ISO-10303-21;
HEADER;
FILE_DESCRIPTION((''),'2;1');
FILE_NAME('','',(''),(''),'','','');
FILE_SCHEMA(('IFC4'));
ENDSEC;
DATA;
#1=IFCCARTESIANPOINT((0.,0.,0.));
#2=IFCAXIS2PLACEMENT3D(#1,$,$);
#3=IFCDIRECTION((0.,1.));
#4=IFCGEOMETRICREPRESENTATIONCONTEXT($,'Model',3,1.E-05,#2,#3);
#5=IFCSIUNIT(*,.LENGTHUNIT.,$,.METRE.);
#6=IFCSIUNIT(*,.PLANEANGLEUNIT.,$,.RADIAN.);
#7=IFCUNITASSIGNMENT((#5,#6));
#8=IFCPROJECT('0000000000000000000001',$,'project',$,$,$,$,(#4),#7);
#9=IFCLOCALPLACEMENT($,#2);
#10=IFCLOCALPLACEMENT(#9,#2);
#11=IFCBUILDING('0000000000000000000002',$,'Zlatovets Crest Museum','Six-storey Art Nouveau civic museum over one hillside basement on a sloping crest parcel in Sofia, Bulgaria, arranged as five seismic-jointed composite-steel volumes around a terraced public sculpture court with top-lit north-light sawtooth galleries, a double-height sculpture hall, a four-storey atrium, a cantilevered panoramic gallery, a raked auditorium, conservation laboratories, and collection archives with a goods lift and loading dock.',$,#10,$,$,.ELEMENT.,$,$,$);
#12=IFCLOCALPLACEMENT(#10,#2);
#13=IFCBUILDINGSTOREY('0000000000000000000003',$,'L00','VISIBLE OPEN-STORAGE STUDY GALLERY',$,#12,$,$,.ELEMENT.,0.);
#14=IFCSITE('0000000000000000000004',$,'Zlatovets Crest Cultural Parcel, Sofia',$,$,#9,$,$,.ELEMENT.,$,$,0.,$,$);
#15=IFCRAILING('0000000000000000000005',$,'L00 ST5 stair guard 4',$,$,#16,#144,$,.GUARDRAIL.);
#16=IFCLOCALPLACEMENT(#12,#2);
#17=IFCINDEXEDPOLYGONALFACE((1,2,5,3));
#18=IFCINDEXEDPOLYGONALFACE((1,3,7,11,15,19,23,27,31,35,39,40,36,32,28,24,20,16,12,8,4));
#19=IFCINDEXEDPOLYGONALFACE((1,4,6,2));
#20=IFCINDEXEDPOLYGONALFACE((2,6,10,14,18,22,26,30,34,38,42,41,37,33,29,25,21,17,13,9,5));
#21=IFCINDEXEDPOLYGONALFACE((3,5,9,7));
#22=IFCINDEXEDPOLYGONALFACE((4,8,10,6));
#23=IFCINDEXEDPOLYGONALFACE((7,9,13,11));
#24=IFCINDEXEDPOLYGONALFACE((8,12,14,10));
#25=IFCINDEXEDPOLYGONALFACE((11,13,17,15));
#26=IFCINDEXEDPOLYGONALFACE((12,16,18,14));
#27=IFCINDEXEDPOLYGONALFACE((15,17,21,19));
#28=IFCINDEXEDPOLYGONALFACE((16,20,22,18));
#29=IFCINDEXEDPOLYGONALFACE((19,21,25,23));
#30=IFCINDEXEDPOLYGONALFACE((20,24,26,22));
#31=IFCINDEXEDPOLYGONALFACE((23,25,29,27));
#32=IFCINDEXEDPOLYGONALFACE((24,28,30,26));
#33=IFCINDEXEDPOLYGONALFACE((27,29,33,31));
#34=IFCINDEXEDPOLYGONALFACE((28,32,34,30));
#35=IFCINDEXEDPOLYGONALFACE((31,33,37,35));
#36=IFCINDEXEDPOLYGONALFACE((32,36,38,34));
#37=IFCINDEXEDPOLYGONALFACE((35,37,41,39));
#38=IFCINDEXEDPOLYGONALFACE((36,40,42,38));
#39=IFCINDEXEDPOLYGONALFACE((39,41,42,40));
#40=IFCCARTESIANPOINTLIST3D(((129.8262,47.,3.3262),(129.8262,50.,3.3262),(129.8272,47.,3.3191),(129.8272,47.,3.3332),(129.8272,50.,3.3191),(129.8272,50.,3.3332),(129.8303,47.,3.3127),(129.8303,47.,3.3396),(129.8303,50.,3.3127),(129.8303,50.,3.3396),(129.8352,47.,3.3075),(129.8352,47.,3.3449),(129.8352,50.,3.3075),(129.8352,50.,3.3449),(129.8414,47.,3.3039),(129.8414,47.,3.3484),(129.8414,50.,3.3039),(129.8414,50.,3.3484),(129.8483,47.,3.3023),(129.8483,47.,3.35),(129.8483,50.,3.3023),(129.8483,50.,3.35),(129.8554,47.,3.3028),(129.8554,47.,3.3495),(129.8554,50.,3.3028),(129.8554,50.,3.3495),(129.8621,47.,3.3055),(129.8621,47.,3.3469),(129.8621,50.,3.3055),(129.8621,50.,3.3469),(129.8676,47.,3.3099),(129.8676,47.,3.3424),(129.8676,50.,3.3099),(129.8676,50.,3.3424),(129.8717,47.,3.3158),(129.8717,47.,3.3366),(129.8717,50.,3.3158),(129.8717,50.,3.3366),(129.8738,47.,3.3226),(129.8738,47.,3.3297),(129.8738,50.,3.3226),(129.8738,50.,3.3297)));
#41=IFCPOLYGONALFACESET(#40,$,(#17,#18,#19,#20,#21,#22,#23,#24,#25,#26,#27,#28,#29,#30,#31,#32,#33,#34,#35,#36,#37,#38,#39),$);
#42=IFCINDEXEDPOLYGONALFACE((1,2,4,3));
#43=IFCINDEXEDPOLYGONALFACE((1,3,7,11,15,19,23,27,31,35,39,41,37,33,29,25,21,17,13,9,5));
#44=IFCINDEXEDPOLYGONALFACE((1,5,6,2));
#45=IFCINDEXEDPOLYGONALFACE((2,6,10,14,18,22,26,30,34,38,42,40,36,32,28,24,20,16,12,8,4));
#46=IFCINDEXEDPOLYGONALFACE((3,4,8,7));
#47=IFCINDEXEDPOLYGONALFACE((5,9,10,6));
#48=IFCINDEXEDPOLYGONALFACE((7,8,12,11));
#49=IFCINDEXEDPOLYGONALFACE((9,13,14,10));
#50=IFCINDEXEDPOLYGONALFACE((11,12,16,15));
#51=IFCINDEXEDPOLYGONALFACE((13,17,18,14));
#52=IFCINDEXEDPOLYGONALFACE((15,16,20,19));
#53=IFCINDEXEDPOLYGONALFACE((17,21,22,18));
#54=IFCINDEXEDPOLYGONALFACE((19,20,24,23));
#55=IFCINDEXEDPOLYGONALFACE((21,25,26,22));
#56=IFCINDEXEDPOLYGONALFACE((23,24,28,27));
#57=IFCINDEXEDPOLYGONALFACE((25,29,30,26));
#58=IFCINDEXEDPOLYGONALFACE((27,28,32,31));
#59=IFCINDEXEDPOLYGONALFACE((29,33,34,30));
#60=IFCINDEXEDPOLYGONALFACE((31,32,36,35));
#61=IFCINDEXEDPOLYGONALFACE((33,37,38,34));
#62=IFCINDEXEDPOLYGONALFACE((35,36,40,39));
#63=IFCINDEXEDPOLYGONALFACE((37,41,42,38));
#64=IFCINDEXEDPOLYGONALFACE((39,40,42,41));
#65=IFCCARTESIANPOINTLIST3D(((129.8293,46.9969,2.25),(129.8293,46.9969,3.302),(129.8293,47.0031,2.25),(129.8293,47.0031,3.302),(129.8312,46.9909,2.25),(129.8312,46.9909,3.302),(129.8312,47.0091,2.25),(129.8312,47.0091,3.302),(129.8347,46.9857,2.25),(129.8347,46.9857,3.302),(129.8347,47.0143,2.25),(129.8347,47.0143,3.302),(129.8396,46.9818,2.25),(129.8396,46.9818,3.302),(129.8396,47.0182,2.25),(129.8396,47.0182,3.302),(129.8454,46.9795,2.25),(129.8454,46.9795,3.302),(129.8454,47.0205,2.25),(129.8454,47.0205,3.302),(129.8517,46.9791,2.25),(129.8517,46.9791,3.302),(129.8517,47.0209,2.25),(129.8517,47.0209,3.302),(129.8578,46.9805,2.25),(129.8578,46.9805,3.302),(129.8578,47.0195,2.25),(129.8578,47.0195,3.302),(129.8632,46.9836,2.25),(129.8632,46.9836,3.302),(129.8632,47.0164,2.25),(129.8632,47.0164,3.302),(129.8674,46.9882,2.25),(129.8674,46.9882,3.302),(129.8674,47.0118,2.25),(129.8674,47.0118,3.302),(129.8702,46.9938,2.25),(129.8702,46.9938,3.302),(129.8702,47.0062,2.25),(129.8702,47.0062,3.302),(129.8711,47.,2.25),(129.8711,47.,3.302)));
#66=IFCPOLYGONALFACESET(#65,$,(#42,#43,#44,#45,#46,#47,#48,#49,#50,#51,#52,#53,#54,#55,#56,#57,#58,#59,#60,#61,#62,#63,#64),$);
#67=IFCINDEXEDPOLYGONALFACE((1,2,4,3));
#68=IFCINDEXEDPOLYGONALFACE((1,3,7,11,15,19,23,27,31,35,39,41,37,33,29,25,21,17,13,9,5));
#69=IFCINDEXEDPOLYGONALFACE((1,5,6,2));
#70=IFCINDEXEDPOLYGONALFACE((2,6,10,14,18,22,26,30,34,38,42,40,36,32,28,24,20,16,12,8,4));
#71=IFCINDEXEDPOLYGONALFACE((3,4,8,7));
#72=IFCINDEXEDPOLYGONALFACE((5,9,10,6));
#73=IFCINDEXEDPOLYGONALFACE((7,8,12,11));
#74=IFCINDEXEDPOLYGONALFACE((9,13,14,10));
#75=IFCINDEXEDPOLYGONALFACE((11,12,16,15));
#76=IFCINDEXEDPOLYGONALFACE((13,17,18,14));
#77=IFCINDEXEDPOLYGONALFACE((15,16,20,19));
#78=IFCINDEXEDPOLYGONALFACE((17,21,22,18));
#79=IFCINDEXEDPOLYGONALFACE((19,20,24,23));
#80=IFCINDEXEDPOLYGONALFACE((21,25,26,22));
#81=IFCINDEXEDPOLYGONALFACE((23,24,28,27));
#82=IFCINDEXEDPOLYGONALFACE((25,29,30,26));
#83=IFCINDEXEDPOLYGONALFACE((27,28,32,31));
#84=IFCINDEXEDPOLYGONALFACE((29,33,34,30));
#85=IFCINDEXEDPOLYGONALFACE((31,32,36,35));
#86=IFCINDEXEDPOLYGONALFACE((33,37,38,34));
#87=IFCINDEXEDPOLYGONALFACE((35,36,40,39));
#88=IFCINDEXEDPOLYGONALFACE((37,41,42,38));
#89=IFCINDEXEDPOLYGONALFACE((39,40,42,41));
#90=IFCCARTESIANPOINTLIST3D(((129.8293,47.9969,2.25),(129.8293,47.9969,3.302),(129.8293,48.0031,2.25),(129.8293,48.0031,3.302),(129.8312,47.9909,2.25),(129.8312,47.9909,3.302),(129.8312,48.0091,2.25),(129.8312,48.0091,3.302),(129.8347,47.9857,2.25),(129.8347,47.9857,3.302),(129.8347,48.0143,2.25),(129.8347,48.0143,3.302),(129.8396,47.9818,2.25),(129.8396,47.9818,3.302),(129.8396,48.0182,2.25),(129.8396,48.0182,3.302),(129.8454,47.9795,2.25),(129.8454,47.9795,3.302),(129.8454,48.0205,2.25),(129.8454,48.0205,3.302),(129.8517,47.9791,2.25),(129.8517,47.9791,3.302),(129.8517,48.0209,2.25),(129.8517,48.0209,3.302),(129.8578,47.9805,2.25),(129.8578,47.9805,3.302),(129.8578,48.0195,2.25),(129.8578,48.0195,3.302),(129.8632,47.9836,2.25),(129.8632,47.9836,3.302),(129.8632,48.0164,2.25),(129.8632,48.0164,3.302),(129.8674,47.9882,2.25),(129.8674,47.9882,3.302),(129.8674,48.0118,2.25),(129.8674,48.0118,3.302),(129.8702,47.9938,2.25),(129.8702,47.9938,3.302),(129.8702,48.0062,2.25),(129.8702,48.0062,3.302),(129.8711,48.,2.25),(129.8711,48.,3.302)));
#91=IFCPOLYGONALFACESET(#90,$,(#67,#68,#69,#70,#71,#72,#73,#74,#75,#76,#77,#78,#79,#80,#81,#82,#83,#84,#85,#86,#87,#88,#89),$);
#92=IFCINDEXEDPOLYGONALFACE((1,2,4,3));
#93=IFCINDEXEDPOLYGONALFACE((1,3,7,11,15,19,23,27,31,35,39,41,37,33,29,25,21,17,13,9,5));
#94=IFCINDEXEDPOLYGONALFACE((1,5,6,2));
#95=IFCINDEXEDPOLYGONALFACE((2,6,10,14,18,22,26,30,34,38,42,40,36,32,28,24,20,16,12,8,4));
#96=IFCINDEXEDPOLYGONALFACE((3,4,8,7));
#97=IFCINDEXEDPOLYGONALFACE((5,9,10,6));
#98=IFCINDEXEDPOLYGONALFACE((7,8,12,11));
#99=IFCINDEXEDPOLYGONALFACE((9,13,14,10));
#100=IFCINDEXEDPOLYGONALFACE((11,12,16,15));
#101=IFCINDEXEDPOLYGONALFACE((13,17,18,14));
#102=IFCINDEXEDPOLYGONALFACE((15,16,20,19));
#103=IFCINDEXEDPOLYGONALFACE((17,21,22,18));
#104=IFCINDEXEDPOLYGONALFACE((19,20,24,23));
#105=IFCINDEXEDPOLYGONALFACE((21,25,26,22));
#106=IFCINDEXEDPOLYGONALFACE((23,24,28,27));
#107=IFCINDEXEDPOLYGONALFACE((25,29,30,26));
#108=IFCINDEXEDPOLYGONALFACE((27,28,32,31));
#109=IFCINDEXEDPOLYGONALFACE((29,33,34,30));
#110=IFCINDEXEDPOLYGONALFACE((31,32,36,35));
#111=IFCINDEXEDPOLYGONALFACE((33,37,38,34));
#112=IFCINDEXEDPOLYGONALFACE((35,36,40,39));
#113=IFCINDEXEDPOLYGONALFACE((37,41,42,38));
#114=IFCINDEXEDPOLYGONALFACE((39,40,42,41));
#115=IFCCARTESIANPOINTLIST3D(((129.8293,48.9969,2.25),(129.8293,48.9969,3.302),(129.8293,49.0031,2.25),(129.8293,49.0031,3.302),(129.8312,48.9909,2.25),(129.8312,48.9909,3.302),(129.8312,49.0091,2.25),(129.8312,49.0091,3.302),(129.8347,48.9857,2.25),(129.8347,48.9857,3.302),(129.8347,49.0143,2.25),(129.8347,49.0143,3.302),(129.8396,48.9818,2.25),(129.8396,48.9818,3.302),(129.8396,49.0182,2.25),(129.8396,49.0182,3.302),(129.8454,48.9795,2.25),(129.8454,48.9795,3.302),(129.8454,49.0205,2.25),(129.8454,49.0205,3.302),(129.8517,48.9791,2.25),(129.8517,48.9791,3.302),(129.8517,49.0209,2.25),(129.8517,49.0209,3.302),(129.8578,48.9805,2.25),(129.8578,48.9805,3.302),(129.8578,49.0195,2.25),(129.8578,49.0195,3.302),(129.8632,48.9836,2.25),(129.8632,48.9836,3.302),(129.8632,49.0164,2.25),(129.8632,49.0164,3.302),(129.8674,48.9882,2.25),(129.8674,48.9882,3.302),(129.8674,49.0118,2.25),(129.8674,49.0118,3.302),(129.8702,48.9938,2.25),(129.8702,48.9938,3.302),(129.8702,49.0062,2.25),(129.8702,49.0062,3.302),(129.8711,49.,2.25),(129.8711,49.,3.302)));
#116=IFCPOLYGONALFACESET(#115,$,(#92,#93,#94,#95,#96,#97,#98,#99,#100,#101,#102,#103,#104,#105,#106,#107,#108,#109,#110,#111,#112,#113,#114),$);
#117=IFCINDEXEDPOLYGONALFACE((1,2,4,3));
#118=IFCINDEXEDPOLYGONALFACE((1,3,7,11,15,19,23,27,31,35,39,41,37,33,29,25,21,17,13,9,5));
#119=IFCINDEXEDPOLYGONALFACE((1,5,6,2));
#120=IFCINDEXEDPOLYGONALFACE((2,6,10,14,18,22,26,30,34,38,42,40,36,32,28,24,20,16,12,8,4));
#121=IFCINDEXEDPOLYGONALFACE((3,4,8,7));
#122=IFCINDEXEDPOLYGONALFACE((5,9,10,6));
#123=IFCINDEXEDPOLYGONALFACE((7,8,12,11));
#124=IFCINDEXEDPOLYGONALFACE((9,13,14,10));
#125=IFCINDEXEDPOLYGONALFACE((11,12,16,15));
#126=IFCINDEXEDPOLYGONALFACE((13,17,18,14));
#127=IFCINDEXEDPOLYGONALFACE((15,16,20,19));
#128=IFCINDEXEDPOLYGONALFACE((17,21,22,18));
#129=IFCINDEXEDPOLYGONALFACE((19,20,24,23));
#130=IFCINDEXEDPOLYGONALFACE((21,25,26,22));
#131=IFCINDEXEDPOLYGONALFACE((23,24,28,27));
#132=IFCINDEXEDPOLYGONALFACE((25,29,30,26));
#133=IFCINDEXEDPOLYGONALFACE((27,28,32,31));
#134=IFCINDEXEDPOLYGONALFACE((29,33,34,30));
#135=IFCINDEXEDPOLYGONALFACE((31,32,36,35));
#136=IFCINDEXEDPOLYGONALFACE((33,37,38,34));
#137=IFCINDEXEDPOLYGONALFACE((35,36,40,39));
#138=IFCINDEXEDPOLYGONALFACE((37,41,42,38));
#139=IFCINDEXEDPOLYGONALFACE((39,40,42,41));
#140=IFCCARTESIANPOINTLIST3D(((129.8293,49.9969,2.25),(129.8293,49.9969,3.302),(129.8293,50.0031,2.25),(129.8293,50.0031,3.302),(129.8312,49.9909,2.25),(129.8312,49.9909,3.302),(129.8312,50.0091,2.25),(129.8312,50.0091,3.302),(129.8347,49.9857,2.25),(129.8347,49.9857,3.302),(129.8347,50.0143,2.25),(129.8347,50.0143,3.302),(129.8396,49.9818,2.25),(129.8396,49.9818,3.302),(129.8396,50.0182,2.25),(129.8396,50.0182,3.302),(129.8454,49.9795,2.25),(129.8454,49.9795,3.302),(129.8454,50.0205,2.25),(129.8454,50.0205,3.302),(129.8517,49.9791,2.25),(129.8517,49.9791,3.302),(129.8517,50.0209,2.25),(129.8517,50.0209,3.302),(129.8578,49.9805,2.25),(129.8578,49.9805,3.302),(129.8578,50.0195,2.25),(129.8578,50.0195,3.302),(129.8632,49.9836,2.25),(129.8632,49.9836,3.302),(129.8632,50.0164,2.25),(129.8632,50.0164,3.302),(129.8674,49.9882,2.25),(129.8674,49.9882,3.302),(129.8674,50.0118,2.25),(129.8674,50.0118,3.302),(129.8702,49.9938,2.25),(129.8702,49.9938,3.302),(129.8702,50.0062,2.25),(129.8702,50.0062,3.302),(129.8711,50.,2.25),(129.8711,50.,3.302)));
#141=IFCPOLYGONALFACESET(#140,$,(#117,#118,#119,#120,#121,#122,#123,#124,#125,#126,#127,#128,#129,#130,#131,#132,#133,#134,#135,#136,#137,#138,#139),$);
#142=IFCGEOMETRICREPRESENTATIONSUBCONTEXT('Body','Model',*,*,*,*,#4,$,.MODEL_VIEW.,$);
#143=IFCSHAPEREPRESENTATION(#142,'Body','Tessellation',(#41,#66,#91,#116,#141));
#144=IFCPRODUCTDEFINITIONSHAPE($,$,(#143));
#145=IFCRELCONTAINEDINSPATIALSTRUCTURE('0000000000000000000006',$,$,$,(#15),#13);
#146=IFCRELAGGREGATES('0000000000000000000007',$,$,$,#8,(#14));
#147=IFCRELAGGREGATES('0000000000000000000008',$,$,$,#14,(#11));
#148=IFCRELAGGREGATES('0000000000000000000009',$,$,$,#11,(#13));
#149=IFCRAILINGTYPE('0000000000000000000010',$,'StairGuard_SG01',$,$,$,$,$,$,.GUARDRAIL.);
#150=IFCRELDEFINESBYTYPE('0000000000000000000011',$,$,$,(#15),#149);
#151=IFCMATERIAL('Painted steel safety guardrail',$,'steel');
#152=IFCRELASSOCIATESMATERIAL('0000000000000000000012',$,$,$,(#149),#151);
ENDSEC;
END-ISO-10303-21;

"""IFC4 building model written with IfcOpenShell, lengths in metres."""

from ifc_helpers import new_model, si_unit, direction, frame, origin, origin_2d, place, context, subcontext, project, spatial, circle, extrude, material, type_object, element, save


model = new_model("IFC4")

# Units and contexts
model_context = context("Model", 3, precision=1e-05, world=origin(), true_north=direction((0.0, 1.0)))
body_context = subcontext(model_context, "Body", "Model", "MODEL_VIEW")
ifc_project = project(units=[si_unit("LENGTHUNIT", "METRE"), si_unit("PLANEANGLEUNIT", "RADIAN")], contexts=[model_context])

# Site, building, storey
site_placement = place(None, origin())
site = spatial("IfcSite", under=ifc_project, at=site_placement, Name="Zlatovets Crest Cultural Parcel, Sofia", CompositionType="ELEMENT", RefElevation=0.0)
building_placement = place(site_placement, origin())
building = spatial("IfcBuilding", under=site, at=building_placement, Name="Zlatovets Crest Museum", Description="Six-storey Art Nouveau civic museum over one hillside basement on a sloping crest parcel in Sofia, Bulgaria, arranged as five seismic-jointed composite-steel volumes around a terraced public sculpture court with top-lit north-light sawtooth galleries, a double-height sculpture hall, a four-storey atrium, a cantilevered panoramic gallery, a raked auditorium, conservation laboratories, and collection archives with a goods lift and loading dock.", CompositionType="ELEMENT")
storey_placement = place(building_placement, origin())
storey = spatial("IfcBuildingStorey", under=building, at=storey_placement, Name="L00", Description="VISIBLE OPEN-STORAGE STUDY GALLERY", CompositionType="ELEMENT", Elevation=0.0)

# Railing
ifc_material_1 = material(Name="Painted steel safety guardrail", Category="steel")
railing_type_1 = type_object("IfcRailingType", Name="StairGuard_SG01", PredefinedType="GUARDRAIL", material=ifc_material_1)
for number, where, name in (
    (1, (129.8501, 47.0, 2.25), "L00 ST5 stair guard 4"),
):
    element("IfcRailing", number, at=place(storey_placement, frame(where)), inside=storey, type_object=railing_type_1, Name=name, PredefinedType="GUARDRAIL", context=body_context, shape_type="SweptSolid", body=[
        extrude(circle(Radius=0.0239, at=origin_2d()), frame((0.0, 0.0, 1.0762), z_axis=(0.0, 1.0, 0.0), x_axis=(-1.0, 0.0, 0.0)), (0.0, 0.0, 1.0), 3.0),
        extrude(circle(Radius=0.021, at=origin_2d()), origin(), (0.0, 0.0, 1.0), 1.052),
        extrude(circle(Radius=0.021, at=origin_2d()), frame((0.0, 1.0, 0.0)), (0.0, 0.0, 1.0), 1.052),
        extrude(circle(Radius=0.021, at=origin_2d()), frame((0.0, 2.0, 0.0)), (0.0, 0.0, 1.0), 1.052),
        extrude(circle(Radius=0.021, at=origin_2d()), frame((0.0, 3.0, 0.0)), (0.0, 0.0, 1.0), 1.052),
    ])

save(model, "model.ifc")
